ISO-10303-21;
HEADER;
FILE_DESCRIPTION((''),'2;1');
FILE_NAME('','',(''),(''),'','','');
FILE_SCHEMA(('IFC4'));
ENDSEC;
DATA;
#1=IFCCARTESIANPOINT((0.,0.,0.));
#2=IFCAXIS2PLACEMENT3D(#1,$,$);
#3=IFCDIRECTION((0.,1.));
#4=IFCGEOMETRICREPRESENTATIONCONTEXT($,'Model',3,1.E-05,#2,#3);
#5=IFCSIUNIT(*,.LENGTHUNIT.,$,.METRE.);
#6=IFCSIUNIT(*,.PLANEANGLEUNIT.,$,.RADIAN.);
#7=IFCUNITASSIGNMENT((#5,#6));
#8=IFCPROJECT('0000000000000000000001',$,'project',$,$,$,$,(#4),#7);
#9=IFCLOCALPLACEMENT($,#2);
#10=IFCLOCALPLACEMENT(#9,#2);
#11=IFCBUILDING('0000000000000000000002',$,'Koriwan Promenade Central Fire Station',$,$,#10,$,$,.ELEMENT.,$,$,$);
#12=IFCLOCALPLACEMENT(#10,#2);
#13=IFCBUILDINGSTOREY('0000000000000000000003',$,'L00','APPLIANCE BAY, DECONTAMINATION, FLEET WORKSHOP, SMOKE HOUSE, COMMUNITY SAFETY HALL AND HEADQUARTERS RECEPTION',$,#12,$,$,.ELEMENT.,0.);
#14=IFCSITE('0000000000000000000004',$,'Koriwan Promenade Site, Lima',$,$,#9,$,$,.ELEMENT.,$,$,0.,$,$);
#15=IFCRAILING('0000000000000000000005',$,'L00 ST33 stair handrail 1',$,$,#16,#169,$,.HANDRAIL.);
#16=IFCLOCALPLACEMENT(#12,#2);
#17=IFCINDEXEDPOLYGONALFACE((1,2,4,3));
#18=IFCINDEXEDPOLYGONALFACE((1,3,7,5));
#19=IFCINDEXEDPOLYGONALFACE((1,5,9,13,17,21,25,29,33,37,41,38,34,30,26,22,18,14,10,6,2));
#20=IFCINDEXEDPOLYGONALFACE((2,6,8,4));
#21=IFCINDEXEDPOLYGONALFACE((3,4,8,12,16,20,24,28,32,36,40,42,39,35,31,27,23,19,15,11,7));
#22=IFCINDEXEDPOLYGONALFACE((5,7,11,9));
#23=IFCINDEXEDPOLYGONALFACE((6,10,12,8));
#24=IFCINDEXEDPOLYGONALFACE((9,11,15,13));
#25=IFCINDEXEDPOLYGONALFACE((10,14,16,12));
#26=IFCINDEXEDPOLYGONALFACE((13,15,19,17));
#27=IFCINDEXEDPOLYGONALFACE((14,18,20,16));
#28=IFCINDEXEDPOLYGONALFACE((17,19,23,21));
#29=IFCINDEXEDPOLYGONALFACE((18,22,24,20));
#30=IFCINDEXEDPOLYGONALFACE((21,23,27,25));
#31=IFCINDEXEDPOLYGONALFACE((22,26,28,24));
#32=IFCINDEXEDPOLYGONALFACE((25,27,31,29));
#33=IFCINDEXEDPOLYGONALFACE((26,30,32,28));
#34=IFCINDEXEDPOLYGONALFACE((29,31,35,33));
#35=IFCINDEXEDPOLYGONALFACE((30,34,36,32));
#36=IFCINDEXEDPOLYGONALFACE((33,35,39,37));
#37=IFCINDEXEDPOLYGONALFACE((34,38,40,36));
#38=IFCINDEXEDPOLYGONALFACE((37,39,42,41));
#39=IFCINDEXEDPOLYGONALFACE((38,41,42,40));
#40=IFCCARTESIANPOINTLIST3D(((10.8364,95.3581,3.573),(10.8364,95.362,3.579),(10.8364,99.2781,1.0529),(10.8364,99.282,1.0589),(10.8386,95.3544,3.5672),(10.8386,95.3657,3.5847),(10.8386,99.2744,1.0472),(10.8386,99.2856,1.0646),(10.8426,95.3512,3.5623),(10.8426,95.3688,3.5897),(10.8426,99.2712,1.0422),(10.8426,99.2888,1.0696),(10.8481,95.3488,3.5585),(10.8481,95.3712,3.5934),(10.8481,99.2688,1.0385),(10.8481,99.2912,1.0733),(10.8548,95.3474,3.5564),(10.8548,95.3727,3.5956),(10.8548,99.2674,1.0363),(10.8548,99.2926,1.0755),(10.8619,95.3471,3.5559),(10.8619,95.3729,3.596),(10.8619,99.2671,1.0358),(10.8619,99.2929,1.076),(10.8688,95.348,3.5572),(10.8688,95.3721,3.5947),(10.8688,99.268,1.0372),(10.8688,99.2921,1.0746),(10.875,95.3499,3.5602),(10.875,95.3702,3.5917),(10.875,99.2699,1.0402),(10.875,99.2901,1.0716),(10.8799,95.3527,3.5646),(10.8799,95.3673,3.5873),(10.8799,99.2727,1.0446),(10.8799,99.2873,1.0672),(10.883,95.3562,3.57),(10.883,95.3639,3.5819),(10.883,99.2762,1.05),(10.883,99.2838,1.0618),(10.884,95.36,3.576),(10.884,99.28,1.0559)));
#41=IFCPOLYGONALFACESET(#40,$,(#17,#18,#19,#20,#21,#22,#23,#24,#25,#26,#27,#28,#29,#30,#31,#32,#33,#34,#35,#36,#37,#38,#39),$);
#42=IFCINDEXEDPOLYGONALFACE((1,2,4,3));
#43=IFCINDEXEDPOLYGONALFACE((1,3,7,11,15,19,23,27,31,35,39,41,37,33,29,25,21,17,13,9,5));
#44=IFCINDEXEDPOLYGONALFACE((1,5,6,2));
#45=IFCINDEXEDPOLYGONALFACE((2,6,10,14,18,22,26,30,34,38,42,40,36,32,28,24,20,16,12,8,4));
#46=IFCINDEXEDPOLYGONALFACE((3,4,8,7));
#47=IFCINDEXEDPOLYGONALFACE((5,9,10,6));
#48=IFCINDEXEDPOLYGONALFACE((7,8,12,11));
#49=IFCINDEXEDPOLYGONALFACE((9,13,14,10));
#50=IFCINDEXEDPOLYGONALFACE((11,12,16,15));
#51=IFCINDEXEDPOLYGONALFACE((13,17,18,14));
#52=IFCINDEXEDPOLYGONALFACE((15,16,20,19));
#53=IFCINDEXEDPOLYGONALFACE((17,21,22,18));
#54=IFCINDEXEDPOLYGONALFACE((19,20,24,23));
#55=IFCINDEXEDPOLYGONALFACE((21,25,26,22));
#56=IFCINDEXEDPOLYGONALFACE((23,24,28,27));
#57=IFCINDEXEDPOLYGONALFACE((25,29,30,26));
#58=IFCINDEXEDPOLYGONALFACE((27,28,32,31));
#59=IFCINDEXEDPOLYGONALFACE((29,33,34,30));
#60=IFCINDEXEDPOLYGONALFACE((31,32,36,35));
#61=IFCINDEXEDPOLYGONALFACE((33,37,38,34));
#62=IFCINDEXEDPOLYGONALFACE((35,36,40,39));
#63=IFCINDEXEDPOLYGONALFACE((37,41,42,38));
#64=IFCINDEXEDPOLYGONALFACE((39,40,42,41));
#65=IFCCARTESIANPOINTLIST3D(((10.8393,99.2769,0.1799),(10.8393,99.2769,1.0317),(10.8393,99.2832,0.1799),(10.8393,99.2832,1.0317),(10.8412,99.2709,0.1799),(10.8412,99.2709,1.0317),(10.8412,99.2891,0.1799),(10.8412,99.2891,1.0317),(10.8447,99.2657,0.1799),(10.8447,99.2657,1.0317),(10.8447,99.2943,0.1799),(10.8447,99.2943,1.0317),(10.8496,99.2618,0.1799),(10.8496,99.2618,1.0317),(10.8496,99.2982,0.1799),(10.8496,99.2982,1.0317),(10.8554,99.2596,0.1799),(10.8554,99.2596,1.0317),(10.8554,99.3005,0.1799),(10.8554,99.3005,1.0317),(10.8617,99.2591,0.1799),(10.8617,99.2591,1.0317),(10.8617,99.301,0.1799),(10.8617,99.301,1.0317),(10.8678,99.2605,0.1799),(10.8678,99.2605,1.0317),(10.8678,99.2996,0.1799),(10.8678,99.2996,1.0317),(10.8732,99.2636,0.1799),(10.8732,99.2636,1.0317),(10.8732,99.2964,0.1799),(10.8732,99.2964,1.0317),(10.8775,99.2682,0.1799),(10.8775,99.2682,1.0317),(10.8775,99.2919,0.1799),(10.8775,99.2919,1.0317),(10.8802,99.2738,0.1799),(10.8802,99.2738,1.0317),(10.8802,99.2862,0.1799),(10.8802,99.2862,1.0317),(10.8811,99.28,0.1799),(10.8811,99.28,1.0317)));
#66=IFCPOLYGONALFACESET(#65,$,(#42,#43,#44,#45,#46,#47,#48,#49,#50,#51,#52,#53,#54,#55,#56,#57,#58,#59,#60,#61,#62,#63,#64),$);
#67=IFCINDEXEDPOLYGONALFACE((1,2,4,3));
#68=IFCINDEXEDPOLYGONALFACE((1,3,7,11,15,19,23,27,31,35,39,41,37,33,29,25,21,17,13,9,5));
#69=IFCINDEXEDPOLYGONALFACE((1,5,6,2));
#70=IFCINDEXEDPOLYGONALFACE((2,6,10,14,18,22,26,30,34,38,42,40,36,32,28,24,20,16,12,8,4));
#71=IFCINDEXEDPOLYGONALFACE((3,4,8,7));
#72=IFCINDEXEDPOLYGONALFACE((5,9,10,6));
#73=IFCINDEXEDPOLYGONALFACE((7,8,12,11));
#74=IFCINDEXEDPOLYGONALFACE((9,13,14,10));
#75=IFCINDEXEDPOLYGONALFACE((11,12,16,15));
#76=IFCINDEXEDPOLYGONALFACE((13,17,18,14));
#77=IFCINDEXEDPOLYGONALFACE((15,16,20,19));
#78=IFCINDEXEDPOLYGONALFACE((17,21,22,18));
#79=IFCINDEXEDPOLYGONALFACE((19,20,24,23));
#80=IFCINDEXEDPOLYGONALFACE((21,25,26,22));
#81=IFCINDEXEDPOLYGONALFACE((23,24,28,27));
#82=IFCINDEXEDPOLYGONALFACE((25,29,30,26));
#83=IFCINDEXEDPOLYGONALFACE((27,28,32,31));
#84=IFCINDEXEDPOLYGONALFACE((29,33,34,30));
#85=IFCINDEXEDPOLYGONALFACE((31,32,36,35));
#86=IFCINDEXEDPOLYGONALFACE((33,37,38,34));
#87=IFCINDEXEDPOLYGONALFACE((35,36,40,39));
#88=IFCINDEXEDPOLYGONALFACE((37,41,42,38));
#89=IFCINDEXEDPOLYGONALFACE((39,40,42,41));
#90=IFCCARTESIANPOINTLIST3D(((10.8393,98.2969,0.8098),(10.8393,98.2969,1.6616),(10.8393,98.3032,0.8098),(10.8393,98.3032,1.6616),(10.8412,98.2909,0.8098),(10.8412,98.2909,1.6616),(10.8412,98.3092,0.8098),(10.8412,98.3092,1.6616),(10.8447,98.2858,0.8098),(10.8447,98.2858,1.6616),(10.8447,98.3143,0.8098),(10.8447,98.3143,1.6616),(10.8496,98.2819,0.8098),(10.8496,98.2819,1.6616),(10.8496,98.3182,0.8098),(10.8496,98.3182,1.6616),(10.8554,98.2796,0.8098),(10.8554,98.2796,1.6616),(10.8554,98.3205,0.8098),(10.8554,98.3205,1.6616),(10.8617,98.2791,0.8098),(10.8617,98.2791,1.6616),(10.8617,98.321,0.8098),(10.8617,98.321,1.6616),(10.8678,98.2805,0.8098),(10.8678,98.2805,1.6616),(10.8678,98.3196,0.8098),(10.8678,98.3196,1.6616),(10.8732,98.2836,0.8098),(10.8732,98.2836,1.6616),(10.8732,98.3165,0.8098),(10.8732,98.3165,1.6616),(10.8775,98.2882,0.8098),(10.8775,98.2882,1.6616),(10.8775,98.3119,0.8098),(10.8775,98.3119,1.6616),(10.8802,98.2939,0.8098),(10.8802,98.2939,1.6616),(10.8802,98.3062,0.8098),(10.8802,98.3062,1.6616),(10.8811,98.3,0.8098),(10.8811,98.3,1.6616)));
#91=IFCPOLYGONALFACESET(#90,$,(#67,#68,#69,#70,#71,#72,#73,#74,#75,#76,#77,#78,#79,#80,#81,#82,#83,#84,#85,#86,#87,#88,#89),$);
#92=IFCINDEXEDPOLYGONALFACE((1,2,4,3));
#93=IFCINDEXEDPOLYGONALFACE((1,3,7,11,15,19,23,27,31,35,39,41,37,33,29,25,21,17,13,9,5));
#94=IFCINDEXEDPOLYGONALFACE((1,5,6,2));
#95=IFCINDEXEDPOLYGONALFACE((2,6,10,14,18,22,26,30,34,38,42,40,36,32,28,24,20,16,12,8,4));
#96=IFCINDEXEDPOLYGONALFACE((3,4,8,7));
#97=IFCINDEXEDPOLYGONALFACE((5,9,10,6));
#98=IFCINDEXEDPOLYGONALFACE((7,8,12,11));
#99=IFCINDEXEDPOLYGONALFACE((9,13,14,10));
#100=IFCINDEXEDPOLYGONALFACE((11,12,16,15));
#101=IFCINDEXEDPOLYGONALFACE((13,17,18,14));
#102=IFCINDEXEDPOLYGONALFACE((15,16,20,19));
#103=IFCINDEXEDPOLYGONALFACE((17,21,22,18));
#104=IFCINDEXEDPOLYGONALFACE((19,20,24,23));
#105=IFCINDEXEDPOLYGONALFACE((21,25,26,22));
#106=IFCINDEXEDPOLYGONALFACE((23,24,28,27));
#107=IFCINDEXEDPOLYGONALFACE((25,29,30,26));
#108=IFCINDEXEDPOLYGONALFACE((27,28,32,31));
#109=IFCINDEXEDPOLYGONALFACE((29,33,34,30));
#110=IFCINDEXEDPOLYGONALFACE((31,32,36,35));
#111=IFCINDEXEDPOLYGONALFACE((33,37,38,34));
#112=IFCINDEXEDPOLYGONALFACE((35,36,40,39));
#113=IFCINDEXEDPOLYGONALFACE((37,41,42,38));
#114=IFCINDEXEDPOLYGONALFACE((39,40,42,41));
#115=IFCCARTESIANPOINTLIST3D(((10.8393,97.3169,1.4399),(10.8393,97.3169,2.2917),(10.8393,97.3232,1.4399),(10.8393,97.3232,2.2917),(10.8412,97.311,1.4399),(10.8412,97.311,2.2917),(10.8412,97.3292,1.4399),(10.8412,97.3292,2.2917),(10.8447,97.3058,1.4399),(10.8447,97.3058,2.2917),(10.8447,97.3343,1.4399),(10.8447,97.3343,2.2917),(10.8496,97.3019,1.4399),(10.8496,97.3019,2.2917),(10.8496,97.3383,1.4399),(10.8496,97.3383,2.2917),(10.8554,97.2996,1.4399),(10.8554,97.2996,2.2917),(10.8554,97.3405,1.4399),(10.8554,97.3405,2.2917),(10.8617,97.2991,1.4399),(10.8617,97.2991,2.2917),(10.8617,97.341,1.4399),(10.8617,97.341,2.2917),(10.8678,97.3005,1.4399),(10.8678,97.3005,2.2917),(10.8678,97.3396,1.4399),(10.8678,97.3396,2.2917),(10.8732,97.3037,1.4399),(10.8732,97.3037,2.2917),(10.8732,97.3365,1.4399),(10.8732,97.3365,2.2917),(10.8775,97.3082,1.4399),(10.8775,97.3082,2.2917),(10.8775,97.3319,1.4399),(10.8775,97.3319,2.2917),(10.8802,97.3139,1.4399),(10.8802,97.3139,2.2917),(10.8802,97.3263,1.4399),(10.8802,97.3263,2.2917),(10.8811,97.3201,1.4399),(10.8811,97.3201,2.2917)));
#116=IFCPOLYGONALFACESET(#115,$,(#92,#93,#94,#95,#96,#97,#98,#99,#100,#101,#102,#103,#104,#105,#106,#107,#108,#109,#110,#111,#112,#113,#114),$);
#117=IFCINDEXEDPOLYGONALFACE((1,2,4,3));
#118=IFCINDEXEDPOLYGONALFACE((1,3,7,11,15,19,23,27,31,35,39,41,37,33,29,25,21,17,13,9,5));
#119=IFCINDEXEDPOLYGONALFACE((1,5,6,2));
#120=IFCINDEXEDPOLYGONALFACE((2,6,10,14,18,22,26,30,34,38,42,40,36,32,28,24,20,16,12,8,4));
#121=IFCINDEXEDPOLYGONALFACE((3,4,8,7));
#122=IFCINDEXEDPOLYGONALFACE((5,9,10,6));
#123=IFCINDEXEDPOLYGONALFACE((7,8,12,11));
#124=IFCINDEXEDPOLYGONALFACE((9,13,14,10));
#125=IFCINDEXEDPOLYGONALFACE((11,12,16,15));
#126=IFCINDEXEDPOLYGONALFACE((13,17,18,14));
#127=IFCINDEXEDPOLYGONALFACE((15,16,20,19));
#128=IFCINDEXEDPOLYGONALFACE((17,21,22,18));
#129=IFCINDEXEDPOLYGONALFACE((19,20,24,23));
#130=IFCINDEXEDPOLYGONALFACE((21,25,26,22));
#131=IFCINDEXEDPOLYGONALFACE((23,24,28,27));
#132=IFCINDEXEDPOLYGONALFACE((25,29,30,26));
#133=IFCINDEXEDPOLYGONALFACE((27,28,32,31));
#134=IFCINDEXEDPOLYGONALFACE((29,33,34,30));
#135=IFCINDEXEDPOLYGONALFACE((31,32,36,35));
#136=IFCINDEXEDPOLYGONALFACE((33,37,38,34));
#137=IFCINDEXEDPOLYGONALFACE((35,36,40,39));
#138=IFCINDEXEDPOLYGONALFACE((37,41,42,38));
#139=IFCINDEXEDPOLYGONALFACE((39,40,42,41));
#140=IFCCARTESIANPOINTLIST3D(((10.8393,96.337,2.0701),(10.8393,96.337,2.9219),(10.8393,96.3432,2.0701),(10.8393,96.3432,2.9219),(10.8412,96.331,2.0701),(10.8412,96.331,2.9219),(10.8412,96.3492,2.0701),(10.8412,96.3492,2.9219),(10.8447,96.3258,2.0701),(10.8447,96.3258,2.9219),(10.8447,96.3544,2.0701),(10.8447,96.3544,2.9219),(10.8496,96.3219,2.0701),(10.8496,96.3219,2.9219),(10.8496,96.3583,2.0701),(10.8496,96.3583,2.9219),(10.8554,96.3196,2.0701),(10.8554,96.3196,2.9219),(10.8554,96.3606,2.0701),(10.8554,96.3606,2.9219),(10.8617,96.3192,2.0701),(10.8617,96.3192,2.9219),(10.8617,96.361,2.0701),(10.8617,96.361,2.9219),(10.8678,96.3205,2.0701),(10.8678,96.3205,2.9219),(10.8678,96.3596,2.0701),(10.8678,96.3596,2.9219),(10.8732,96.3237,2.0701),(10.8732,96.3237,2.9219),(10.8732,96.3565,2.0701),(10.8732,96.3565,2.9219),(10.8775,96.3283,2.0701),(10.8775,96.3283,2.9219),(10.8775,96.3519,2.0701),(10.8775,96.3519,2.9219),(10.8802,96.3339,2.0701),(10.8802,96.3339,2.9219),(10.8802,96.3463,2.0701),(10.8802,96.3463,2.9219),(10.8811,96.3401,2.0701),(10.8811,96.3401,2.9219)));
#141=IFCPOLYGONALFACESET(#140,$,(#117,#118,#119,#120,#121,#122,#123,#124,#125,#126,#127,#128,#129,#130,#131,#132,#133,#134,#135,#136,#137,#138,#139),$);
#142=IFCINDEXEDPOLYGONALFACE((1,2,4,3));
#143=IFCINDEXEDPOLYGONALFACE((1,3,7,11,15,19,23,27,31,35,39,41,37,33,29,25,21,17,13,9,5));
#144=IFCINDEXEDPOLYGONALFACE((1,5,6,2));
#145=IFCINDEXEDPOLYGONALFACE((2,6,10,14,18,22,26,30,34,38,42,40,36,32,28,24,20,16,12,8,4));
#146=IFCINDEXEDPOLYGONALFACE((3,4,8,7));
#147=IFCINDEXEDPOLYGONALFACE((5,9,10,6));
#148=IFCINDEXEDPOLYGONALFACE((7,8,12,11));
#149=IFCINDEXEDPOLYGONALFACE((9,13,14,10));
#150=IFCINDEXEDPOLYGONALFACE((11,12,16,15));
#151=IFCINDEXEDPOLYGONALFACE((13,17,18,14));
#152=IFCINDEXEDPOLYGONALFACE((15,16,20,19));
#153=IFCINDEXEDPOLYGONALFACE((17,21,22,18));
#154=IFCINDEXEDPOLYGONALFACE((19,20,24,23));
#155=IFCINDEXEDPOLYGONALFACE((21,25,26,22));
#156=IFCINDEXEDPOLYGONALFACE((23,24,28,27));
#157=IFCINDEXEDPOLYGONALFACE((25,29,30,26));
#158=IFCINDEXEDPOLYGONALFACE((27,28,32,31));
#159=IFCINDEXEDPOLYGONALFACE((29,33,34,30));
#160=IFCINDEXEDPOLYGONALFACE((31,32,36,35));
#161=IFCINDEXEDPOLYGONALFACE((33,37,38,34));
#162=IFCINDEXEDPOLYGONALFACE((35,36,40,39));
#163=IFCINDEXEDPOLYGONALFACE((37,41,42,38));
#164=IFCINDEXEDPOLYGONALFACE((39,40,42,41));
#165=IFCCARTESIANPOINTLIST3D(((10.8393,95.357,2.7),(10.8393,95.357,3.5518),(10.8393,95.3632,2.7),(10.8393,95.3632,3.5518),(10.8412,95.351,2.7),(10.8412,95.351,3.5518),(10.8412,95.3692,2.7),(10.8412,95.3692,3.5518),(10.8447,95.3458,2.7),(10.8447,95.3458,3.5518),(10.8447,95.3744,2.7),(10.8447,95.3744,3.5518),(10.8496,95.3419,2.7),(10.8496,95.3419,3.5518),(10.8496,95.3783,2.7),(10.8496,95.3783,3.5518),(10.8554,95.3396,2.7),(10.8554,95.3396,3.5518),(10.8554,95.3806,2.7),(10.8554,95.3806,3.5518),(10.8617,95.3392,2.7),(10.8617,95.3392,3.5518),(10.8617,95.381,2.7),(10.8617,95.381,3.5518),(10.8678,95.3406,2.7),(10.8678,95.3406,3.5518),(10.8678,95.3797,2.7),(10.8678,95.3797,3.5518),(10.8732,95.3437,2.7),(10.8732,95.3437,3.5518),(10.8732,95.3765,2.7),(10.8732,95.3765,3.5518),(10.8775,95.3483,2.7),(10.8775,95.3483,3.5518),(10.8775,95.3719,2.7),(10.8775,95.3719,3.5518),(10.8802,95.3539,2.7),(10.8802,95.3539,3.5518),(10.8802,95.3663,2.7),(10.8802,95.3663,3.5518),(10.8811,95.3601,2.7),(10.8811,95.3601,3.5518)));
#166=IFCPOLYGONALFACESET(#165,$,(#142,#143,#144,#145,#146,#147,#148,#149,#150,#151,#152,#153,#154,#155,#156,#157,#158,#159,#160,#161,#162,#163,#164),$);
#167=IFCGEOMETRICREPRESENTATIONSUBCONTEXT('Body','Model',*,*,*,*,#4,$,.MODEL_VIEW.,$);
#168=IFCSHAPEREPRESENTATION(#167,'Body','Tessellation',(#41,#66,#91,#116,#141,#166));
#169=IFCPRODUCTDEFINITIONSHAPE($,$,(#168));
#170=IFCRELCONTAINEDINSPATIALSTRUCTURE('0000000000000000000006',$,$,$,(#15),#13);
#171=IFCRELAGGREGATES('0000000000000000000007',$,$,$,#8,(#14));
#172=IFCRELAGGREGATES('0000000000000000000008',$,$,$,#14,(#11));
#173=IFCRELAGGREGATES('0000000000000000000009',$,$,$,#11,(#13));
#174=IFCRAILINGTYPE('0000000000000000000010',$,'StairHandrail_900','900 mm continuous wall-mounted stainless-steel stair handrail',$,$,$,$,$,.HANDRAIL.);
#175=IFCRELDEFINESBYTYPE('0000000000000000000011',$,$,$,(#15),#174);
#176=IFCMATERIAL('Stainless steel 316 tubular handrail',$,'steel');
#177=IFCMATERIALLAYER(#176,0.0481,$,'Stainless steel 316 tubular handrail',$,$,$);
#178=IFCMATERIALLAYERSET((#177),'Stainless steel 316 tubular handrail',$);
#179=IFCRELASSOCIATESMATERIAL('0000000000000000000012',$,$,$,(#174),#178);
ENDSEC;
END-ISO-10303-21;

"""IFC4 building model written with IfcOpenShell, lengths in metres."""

from ifc_helpers import new_model, si_unit, direction, frame, origin, origin_2d, place, context, subcontext, project, spatial, circle, extrude, material, layer, layer_set, type_object, element, save


model = new_model("IFC4")

# Units and contexts
model_context = context("Model", 3, precision=1e-05, world=origin(), true_north=direction((0.0, 1.0)))
body_context = subcontext(model_context, "Body", "Model", "MODEL_VIEW")
ifc_project = project(units=[si_unit("LENGTHUNIT", "METRE"), si_unit("PLANEANGLEUNIT", "RADIAN")], contexts=[model_context])

# Site, building, storey
site_placement = place(None, origin())
site = spatial("IfcSite", under=ifc_project, at=site_placement, Name="Koriwan Promenade Site, Lima", CompositionType="ELEMENT", RefElevation=0.0)
building_placement = place(site_placement, origin())
building = spatial("IfcBuilding", under=site, at=building_placement, Name="Koriwan Promenade Central Fire Station", CompositionType="ELEMENT")
storey_placement = place(building_placement, origin())
storey = spatial("IfcBuildingStorey", under=building, at=storey_placement, Name="L00", Description="APPLIANCE BAY, DECONTAMINATION, FLEET WORKSHOP, SMOKE HOUSE, COMMUNITY SAFETY HALL AND HEADQUARTERS RECEPTION", CompositionType="ELEMENT", Elevation=0.0)

# Railing
ifc_material_1 = material(Name="Stainless steel 316 tubular handrail", Category="steel")
ifc_layer_1 = layer(ifc_material_1, 0.0481, Name="Stainless steel 316 tubular handrail")
ifc_layer_set_1 = layer_set([ifc_layer_1], Name="Stainless steel 316 tubular handrail")
railing_type_1 = type_object("IfcRailingType", Name="StairHandrail_900", Description="900 mm continuous wall-mounted stainless-steel stair handrail", PredefinedType="HANDRAIL", material=ifc_layer_set_1)
railing_1_placement = place(storey_placement, frame((10.8601, 99.28, 0.1799)))
element("IfcRailing", 1, at=railing_1_placement, inside=storey, type_object=railing_type_1, Name="L00 ST33 stair handrail 1", PredefinedType="HANDRAIL", context=body_context, shape_type="SweptSolid", body=[
    extrude(circle(Radius=0.0239, at=origin_2d()), frame((0.0, 0.0, 0.876), z_axis=(0.0, -0.841172, 0.540768), x_axis=(1.0, 0.0, 0.0)), (0.0, 0.0, 1.0), 4.6602),
    extrude(circle(Radius=0.021, at=origin_2d()), origin(), (0.0, 0.0, 1.0), 0.8518),
    extrude(circle(Radius=0.021, at=origin_2d()), frame((0.0, -0.98, 0.6299)), (0.0, 0.0, 1.0), 0.8518),
    extrude(circle(Radius=0.021, at=origin_2d()), frame((0.0, -1.96, 1.26)), (0.0, 0.0, 1.0), 0.8518),
    extrude(circle(Radius=0.021, at=origin_2d()), frame((0.0, -2.9399, 1.8901)), (0.0, 0.0, 1.0), 0.8518),
    extrude(circle(Radius=0.021, at=origin_2d()), frame((0.0, -3.9199, 2.52)), (0.0, 0.0, 1.0), 0.8518),
])

save(model, "model.ifc")
